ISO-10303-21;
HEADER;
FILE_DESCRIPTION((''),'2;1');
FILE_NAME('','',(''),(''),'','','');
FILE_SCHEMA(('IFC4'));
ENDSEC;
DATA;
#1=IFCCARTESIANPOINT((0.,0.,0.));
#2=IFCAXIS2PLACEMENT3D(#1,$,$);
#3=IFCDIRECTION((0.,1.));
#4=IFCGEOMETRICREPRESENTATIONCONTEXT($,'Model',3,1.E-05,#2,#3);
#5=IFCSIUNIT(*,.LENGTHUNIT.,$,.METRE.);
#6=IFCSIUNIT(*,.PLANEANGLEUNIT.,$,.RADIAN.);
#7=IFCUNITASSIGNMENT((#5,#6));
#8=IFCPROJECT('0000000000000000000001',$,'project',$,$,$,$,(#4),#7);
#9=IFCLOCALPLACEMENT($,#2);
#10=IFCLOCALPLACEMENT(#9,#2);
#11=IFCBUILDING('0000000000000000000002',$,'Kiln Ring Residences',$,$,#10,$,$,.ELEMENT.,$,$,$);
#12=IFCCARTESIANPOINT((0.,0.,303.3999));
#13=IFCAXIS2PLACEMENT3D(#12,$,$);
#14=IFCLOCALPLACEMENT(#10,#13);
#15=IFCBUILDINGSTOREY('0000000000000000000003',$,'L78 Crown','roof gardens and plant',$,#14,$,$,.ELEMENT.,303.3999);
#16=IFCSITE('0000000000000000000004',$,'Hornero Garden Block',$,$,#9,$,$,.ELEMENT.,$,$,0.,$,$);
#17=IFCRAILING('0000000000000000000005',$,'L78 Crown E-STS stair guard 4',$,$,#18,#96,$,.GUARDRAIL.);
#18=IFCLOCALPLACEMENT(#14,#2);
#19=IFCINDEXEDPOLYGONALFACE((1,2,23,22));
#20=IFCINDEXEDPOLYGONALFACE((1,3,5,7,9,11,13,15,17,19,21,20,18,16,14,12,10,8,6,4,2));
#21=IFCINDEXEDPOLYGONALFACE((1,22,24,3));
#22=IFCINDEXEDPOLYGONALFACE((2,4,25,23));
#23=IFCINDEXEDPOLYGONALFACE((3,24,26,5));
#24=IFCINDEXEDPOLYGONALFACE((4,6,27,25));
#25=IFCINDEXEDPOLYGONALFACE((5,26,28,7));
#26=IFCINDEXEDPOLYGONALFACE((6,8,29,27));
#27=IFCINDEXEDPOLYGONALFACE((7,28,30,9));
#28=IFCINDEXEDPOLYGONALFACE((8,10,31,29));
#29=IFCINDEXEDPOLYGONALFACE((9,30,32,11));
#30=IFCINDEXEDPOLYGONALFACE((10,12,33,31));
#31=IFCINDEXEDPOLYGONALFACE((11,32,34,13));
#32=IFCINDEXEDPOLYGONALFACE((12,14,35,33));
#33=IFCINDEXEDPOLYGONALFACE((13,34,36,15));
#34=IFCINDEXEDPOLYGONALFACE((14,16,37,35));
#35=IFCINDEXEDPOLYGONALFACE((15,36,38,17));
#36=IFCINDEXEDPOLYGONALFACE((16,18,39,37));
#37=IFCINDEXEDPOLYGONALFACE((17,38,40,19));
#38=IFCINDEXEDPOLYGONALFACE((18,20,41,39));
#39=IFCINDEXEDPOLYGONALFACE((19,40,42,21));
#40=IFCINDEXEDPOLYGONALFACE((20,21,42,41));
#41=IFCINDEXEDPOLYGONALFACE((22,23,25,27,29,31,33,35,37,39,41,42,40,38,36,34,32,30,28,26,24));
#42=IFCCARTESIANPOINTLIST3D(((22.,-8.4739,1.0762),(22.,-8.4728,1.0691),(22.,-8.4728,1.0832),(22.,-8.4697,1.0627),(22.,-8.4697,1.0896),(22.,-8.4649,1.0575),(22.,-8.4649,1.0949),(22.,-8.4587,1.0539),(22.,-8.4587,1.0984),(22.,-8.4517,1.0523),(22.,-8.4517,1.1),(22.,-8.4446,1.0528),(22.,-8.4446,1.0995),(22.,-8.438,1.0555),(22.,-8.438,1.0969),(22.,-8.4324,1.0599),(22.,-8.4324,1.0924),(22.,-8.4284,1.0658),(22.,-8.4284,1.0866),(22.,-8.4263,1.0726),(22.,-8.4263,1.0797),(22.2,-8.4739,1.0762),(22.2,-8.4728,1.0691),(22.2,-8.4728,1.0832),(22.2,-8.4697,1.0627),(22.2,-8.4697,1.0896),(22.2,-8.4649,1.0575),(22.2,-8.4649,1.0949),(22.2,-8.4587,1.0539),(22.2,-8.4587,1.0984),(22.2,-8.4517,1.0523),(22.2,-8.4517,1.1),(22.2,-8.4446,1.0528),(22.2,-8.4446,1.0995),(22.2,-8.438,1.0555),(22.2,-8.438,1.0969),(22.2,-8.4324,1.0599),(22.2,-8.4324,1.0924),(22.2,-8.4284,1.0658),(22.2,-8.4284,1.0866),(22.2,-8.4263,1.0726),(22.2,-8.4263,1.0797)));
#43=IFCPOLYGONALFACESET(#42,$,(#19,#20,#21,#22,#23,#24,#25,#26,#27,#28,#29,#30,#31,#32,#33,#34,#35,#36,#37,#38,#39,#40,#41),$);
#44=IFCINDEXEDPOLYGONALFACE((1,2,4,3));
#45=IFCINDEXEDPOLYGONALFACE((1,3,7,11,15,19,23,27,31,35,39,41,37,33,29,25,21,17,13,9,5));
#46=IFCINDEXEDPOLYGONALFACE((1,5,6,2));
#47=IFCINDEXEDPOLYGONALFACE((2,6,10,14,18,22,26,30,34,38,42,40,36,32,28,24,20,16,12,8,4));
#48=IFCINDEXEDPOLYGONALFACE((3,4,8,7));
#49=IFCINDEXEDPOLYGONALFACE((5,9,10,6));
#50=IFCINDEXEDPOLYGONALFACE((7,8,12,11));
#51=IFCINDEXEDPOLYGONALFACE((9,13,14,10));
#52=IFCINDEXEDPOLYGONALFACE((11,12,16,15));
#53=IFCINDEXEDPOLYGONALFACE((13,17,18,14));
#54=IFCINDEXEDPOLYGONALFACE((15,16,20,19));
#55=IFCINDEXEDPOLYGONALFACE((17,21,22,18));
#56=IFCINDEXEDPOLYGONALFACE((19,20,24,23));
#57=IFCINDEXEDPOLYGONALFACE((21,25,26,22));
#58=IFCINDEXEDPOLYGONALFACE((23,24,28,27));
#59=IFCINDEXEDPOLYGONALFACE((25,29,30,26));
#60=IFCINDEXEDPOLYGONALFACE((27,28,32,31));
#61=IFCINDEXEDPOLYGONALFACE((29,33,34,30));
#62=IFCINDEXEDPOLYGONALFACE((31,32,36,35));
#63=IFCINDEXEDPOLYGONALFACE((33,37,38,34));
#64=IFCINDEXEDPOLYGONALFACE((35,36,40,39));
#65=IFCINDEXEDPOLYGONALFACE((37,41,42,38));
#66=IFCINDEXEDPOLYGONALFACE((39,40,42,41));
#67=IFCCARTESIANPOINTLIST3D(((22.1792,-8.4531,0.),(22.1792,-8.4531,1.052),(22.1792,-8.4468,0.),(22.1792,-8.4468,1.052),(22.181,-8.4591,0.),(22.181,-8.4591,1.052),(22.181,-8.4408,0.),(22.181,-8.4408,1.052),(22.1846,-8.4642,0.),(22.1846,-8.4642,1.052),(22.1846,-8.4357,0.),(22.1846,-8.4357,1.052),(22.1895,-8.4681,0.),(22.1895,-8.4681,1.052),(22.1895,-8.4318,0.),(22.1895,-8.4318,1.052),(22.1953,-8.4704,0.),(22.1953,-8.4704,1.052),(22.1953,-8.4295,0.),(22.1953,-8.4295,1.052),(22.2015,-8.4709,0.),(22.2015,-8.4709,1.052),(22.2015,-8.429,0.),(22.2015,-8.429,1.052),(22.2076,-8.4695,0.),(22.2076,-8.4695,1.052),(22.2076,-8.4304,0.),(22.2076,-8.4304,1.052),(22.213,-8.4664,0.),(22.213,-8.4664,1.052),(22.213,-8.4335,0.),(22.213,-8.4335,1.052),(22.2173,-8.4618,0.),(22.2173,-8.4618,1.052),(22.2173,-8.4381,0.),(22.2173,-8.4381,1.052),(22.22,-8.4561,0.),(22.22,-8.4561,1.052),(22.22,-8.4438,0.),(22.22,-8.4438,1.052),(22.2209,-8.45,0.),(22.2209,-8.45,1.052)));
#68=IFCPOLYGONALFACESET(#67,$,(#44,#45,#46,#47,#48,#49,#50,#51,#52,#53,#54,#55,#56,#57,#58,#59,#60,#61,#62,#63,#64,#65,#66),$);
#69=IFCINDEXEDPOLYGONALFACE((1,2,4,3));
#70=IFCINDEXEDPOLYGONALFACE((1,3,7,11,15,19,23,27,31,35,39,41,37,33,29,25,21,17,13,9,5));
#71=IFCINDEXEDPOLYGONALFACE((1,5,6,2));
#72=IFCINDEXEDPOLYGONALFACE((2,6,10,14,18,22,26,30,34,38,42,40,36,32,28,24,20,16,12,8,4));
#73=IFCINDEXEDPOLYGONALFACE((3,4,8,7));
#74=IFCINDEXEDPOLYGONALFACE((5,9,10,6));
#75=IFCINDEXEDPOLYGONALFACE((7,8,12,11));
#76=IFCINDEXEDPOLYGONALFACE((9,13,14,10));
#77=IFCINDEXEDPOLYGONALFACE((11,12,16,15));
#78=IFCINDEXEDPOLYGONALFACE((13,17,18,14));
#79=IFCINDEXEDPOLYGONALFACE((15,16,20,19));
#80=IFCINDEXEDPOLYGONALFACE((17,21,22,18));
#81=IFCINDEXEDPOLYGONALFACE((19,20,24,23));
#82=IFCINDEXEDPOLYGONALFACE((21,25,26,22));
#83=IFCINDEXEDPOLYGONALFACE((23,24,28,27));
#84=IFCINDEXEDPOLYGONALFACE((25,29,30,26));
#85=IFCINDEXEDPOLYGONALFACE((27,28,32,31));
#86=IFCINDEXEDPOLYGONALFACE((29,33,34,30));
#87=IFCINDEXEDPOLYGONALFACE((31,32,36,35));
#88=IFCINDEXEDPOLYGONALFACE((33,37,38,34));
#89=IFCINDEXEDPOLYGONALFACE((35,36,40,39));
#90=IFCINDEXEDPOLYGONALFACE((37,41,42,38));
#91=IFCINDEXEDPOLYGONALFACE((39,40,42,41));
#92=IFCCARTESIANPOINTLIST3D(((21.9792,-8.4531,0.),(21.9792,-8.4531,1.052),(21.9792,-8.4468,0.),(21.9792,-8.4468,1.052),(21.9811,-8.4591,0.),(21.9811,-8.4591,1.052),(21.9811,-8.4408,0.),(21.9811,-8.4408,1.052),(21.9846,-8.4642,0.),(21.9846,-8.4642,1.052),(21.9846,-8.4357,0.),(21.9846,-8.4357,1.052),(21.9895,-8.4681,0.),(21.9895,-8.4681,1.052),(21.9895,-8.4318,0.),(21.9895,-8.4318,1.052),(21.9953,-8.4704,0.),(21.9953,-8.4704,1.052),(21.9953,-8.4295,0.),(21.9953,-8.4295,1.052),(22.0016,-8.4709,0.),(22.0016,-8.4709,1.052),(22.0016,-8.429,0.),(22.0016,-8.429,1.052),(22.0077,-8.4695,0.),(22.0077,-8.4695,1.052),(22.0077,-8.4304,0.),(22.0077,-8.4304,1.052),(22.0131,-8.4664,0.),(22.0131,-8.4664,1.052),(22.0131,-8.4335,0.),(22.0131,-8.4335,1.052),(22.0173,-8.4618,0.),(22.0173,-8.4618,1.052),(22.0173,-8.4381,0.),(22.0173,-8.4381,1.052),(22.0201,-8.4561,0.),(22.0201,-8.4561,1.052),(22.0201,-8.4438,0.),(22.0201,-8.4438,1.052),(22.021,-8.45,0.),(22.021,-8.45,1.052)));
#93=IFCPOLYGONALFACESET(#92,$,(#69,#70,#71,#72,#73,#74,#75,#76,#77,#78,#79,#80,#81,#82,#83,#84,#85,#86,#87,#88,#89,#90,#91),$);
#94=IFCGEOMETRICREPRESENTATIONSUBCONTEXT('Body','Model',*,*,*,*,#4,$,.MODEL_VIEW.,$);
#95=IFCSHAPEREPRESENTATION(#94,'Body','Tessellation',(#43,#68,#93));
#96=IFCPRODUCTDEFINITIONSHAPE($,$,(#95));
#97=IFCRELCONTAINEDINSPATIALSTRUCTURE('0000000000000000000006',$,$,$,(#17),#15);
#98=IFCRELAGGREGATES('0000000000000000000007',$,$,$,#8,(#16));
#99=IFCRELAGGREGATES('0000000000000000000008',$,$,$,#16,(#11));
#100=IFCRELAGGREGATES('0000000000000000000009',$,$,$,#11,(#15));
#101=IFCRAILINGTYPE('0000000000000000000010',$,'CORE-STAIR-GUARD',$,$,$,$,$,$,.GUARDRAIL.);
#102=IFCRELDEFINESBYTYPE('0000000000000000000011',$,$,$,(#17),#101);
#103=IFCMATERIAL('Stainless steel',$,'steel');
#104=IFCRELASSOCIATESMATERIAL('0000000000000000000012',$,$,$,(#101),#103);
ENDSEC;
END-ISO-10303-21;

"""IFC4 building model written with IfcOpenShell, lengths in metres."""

from ifc_helpers import new_model, si_unit, direction, frame, origin, origin_2d, place, context, subcontext, project, spatial, circle, extrude, material, type_object, element, save


model = new_model("IFC4")

# Units and contexts
model_context = context("Model", 3, precision=1e-05, world=origin(), true_north=direction((0.0, 1.0)))
body_context = subcontext(model_context, "Body", "Model", "MODEL_VIEW")
ifc_project = project(units=[si_unit("LENGTHUNIT", "METRE"), si_unit("PLANEANGLEUNIT", "RADIAN")], contexts=[model_context])

# Site, building, storey
site_placement = place(None, origin())
site = spatial("IfcSite", under=ifc_project, at=site_placement, Name="Hornero Garden Block", CompositionType="ELEMENT", RefElevation=0.0)
building_placement = place(site_placement, origin())
building = spatial("IfcBuilding", under=site, at=building_placement, Name="Kiln Ring Residences", CompositionType="ELEMENT")
storey_placement = place(building_placement, frame((0.0, 0.0, 303.3999)))
storey = spatial("IfcBuildingStorey", under=building, at=storey_placement, Name="L78 Crown", Description="roof gardens and plant", CompositionType="ELEMENT", Elevation=303.3999)

# Railing
ifc_material_1 = material(Name="Stainless steel", Category="steel")
railing_type_1 = type_object("IfcRailingType", Name="CORE-STAIR-GUARD", PredefinedType="GUARDRAIL", material=ifc_material_1)
railing_1_placement = place(storey_placement, frame((22.2, -8.45, 0.0)))
element("IfcRailing", 1, at=railing_1_placement, inside=storey, type_object=railing_type_1, Name="L78 Crown E-STS stair guard 4", PredefinedType="GUARDRAIL", context=body_context, shape_type="SweptSolid", body=[
    extrude(circle(Radius=0.0239, at=origin_2d()), frame((0.0, 0.0, 1.0762), z_axis=(-1.0, 0.0, 0.0), x_axis=(0.0, -1.0, 0.0)), (0.0, 0.0, 1.0), 0.2),
    extrude(circle(Radius=0.021, at=origin_2d()), origin(), (0.0, 0.0, 1.0), 1.052),
    extrude(circle(Radius=0.021, at=origin_2d()), frame((-0.2, 0.0, 0.0)), (0.0, 0.0, 1.0), 1.052),
])

save(model, "model.ifc")
